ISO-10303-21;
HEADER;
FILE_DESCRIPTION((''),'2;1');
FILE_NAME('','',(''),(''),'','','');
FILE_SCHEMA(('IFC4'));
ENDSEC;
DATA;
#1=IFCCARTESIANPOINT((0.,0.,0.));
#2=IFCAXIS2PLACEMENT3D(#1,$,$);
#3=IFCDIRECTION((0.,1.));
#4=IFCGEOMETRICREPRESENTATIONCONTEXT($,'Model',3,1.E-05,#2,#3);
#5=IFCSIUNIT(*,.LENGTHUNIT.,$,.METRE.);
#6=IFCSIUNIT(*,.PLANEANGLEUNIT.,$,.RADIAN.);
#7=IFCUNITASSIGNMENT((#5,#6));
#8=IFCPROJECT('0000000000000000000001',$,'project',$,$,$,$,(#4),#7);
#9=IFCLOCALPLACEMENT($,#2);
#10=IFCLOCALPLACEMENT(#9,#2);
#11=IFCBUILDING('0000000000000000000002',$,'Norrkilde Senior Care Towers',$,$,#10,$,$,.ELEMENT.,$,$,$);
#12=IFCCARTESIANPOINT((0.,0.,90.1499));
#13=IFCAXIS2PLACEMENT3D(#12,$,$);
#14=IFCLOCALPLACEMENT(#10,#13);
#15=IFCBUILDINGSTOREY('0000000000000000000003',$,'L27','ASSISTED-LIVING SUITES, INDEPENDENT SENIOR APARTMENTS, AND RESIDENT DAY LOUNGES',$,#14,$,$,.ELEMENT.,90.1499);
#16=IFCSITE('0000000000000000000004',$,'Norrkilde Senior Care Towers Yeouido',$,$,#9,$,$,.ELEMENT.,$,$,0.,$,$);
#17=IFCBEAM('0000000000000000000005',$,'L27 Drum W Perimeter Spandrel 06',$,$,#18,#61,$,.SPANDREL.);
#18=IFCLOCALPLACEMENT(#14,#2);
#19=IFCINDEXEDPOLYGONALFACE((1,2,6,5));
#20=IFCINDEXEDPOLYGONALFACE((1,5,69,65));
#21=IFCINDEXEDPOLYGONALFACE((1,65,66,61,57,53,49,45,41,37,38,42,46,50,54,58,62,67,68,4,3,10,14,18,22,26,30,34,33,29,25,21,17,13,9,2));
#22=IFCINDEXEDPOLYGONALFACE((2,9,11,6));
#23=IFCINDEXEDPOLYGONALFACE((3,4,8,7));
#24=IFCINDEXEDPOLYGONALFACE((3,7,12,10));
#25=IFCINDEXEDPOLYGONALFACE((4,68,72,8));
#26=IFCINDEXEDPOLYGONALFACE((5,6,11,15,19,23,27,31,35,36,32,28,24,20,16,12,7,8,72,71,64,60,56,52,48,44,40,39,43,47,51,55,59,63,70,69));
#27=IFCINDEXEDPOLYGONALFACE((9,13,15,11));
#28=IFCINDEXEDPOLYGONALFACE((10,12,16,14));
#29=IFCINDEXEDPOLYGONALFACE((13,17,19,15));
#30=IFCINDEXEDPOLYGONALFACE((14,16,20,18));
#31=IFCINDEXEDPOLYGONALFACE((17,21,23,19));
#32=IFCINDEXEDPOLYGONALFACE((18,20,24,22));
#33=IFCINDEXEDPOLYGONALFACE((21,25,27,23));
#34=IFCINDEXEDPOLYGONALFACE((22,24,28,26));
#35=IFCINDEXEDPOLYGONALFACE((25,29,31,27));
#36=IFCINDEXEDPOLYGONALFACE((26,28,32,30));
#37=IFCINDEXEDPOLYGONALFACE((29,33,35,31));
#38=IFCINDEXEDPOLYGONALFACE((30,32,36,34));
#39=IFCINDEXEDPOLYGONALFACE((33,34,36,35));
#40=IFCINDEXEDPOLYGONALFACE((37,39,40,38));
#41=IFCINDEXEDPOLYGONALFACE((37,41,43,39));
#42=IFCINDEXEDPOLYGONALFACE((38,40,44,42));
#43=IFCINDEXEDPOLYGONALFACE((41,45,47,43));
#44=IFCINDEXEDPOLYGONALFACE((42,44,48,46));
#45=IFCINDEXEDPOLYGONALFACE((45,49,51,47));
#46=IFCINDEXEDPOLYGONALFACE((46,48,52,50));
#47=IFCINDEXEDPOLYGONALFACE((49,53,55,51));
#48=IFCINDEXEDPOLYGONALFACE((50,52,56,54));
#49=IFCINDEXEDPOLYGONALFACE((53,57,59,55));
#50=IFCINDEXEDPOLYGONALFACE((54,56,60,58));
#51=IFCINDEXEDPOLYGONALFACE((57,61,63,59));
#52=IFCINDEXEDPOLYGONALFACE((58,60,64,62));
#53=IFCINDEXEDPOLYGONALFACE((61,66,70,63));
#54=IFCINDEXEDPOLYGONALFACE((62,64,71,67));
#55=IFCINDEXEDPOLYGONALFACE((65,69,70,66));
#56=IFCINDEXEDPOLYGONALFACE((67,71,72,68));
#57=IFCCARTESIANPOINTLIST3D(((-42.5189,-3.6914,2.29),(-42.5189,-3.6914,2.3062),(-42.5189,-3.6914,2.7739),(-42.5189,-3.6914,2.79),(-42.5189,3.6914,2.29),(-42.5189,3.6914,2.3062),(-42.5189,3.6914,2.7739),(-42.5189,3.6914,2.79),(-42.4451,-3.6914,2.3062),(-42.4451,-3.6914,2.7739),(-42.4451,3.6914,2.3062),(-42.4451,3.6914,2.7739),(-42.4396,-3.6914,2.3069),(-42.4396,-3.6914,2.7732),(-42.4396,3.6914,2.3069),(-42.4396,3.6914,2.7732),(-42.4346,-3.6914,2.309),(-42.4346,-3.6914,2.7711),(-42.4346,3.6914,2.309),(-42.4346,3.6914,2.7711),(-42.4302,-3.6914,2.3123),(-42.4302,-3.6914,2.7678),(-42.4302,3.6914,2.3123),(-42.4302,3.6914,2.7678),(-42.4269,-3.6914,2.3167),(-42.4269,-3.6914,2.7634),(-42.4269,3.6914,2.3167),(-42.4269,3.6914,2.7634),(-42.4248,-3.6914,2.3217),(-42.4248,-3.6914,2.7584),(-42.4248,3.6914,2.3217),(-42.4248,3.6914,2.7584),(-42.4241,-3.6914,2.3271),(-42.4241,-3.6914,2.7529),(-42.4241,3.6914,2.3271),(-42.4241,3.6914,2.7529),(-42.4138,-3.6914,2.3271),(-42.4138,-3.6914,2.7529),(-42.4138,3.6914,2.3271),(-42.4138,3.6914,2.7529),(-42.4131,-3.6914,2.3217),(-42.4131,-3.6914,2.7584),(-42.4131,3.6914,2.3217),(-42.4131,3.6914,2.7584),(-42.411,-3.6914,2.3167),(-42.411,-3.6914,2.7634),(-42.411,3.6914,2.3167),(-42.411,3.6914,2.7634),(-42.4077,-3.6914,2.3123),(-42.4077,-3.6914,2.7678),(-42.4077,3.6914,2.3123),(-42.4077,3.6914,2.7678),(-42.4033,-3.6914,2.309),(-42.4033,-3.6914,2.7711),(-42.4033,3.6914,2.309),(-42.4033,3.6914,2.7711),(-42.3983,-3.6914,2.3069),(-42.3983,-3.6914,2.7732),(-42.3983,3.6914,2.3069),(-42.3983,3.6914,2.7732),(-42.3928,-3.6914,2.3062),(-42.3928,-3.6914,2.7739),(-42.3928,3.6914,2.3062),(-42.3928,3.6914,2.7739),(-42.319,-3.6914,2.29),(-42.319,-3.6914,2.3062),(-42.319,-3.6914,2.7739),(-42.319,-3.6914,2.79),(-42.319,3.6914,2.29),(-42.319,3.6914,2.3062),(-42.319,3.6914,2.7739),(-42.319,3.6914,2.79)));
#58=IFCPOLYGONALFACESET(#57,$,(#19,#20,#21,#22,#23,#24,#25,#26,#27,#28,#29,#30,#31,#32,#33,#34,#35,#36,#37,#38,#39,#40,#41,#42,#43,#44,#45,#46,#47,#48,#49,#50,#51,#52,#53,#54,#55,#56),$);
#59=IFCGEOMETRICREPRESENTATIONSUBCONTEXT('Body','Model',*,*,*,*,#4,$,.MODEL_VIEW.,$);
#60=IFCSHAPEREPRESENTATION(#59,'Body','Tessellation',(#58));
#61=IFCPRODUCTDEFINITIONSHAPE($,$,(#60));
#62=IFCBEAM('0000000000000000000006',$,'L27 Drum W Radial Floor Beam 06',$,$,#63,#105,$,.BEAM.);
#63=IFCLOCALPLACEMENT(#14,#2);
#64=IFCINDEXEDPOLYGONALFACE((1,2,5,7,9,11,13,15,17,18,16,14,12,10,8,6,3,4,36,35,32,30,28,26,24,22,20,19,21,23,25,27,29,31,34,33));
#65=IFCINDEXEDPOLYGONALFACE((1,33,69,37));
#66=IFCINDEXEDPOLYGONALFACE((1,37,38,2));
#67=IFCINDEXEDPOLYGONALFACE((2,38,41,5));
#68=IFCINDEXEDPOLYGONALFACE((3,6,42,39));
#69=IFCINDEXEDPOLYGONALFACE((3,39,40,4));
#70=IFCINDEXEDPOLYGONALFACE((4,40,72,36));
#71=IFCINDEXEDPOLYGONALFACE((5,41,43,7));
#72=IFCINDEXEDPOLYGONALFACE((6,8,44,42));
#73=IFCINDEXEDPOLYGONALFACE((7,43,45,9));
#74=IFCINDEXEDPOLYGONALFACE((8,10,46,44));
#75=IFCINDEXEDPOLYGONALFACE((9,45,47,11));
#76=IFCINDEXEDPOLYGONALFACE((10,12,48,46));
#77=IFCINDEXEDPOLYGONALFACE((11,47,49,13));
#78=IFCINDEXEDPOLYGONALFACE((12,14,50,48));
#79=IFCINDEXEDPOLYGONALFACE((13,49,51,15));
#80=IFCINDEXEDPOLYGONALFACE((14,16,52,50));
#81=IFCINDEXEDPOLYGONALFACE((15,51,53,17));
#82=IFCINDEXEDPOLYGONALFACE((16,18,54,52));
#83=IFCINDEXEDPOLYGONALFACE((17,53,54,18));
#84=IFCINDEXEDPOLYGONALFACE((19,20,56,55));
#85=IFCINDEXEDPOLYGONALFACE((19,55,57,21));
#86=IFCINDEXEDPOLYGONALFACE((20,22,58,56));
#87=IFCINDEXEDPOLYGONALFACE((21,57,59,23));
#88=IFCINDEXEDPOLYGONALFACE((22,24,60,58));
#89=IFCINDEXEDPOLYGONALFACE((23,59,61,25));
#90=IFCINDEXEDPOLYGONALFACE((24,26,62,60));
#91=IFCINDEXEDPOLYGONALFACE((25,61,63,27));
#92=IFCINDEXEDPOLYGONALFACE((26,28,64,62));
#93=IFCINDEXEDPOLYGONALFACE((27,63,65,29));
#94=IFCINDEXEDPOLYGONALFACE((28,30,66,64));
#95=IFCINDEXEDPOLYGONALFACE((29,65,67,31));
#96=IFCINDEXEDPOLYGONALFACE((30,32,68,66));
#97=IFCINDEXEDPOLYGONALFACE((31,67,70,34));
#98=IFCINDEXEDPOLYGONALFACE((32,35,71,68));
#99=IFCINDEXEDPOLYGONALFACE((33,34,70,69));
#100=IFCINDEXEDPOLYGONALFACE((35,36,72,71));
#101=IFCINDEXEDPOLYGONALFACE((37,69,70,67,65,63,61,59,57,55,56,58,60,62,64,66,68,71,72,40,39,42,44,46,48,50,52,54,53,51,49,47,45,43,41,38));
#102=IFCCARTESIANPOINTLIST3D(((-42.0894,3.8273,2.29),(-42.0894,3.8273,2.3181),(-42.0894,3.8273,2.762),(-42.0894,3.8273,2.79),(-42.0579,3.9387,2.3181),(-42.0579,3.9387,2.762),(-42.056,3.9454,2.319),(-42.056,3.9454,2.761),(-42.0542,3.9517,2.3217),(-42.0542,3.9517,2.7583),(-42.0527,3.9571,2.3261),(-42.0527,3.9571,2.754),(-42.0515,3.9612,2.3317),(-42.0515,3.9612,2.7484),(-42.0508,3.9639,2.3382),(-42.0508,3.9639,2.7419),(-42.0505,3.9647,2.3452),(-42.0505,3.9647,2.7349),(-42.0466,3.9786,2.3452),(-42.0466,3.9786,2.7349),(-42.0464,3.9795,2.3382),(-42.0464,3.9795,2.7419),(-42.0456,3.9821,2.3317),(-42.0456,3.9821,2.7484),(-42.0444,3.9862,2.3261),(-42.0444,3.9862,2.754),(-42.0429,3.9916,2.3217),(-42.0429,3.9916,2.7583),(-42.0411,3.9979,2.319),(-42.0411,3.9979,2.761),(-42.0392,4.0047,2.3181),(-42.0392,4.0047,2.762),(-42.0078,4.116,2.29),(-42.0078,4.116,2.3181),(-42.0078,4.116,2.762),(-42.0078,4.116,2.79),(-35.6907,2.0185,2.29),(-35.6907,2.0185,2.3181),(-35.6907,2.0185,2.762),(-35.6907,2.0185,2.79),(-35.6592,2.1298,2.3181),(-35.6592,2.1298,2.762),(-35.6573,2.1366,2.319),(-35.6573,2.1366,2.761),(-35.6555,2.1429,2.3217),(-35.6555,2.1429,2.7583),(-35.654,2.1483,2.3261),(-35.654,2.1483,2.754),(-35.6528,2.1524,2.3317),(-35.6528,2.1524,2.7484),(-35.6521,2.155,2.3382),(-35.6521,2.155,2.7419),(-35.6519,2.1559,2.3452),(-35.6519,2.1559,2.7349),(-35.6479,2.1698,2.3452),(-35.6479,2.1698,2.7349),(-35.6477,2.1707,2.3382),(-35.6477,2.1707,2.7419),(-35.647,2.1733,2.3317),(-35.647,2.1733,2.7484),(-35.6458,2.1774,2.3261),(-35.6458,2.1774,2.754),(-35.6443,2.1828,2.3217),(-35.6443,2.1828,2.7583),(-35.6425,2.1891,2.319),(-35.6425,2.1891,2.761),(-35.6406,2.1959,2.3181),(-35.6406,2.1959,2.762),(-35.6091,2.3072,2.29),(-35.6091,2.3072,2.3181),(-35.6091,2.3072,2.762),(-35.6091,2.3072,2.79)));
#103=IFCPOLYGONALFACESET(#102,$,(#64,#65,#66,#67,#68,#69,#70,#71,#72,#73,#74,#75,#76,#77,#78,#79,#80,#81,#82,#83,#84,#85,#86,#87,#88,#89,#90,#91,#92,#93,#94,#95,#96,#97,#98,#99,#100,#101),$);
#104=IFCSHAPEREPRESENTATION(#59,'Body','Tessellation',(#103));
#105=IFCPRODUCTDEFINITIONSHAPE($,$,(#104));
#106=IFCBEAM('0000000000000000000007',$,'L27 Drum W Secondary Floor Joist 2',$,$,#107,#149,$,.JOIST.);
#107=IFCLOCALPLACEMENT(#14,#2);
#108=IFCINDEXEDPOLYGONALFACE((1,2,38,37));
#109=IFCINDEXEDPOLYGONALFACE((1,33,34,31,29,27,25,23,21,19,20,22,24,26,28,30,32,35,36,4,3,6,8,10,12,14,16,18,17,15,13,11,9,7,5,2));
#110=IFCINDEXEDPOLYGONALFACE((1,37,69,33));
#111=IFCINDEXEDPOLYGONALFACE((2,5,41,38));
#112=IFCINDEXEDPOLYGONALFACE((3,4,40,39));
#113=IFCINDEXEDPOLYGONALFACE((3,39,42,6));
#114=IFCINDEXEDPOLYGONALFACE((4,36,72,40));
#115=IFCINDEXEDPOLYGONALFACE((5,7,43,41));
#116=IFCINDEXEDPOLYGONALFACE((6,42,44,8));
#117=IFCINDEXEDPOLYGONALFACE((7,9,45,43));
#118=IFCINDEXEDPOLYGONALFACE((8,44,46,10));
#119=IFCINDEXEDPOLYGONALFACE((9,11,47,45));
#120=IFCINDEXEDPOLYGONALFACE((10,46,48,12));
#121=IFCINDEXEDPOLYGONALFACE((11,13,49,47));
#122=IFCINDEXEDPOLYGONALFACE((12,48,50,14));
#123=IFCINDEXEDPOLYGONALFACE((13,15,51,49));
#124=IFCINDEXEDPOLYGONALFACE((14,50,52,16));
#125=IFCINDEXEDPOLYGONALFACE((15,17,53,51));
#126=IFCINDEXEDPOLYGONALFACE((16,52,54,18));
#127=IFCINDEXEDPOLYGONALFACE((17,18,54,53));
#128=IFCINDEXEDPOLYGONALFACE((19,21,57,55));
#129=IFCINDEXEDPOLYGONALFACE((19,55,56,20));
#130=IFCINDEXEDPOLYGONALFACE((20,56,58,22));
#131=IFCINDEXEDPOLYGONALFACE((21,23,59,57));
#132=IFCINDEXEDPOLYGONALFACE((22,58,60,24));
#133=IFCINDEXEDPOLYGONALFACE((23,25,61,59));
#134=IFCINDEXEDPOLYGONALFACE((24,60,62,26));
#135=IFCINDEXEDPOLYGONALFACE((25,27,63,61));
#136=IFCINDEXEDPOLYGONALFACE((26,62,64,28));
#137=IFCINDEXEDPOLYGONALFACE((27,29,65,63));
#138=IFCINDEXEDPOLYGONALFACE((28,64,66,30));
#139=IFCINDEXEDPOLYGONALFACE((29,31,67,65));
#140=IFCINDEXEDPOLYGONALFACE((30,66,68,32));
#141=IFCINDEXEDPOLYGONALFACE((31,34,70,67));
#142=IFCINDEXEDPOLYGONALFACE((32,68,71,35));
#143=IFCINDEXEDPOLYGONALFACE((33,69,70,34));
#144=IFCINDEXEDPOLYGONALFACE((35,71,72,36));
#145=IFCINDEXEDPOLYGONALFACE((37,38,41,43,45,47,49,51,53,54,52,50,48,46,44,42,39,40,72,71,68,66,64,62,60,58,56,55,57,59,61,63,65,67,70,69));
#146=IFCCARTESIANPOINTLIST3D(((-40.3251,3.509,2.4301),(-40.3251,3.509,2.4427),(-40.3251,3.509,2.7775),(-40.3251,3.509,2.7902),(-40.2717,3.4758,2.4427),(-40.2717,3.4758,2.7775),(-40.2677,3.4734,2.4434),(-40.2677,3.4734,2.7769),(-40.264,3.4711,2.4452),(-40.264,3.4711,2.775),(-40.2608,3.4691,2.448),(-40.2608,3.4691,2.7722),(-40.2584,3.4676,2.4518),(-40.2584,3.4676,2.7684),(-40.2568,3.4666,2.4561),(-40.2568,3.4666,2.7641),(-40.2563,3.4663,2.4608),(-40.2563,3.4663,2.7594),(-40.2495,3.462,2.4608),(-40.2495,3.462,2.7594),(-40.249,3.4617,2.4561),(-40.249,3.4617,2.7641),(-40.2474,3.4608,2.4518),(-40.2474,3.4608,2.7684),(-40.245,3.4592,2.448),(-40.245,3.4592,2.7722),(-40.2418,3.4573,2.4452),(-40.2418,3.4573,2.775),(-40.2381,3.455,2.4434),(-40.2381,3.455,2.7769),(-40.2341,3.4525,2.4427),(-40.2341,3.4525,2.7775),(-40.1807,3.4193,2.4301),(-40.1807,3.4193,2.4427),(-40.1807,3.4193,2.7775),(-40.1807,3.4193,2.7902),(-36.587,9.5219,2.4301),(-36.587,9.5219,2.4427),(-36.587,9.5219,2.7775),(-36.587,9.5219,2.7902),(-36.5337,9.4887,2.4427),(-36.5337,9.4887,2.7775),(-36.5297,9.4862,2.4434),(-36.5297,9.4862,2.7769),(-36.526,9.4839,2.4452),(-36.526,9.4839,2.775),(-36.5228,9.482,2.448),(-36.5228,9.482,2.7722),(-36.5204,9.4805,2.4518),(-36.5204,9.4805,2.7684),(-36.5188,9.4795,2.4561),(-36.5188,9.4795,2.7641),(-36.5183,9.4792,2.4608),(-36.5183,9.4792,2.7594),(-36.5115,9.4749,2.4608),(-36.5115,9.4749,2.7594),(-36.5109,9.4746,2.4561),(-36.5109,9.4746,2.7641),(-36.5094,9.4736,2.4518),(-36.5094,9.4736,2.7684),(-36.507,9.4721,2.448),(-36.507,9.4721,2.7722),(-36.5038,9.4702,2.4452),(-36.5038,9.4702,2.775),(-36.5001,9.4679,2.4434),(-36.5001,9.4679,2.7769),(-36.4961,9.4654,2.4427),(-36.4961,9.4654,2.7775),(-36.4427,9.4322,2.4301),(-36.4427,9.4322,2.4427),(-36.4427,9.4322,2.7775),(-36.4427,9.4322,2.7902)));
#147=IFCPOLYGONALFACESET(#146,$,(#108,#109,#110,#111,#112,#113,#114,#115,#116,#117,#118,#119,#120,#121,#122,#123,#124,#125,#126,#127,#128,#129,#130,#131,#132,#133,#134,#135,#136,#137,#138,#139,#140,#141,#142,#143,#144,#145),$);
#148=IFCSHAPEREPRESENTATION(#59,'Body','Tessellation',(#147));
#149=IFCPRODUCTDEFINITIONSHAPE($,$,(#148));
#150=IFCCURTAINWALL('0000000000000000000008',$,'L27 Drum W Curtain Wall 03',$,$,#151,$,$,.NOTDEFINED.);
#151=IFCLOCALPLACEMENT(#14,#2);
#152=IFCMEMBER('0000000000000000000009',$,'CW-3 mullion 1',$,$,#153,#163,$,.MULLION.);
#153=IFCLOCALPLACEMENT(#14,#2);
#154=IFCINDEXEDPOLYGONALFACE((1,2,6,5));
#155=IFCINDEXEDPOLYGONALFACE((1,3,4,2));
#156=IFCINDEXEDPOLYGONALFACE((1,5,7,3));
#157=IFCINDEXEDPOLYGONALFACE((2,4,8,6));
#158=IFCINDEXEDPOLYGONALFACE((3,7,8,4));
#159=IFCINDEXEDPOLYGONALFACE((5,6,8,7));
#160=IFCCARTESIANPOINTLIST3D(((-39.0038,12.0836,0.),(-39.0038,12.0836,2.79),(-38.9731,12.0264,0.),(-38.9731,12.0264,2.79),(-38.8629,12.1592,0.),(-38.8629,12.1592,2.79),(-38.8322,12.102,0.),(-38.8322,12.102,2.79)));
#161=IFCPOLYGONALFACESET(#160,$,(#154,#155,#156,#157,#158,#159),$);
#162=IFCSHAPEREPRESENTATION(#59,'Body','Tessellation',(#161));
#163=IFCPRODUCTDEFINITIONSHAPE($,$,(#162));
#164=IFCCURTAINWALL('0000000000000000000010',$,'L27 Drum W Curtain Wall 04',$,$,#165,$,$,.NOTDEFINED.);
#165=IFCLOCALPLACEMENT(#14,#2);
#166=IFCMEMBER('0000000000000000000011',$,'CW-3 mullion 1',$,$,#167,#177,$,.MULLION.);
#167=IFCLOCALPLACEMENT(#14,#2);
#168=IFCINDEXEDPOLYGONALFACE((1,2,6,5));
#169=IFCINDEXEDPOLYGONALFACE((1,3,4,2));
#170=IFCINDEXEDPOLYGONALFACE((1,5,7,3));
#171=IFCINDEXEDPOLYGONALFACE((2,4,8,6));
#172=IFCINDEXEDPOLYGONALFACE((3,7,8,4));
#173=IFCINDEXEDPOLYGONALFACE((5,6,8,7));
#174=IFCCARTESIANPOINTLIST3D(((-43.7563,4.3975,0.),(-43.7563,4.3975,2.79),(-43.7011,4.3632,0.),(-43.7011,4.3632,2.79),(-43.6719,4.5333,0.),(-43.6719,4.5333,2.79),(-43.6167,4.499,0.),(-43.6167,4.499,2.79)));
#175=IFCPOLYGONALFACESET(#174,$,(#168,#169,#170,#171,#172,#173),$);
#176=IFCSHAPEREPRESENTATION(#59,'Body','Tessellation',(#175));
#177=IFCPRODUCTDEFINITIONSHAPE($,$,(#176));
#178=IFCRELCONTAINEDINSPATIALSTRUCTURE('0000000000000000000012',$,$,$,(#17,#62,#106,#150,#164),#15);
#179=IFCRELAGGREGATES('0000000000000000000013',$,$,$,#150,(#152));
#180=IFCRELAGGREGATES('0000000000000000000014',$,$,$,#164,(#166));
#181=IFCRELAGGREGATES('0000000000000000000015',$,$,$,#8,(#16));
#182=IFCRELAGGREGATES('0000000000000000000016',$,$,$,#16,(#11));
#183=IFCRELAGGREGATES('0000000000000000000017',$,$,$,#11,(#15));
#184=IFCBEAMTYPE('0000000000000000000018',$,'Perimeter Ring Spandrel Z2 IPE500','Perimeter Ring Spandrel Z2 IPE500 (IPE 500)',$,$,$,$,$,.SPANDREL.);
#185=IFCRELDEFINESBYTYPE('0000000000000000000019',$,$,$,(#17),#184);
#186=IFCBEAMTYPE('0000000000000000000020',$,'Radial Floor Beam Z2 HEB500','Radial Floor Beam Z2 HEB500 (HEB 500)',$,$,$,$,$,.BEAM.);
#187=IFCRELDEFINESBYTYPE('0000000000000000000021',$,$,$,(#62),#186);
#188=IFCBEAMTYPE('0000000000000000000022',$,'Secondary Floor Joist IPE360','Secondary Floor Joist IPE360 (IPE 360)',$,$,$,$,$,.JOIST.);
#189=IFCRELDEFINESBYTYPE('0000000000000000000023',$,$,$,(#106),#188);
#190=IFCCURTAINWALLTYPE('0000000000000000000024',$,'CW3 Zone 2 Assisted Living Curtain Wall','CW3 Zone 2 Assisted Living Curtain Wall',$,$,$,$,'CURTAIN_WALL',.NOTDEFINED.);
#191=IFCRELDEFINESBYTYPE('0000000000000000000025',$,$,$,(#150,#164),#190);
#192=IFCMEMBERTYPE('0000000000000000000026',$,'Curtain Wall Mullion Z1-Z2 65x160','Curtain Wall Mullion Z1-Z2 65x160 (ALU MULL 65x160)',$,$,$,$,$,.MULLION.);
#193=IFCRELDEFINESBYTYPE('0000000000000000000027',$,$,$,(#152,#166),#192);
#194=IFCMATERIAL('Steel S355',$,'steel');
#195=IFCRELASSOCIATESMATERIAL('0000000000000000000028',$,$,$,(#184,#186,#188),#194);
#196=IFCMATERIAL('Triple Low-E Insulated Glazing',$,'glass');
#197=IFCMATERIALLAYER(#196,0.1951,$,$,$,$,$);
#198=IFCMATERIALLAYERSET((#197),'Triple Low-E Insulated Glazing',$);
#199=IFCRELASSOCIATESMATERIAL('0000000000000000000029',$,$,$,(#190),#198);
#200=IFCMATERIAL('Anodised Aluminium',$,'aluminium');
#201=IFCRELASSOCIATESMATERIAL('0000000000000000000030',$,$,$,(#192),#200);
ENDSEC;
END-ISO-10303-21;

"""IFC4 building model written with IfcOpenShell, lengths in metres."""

from ifc_helpers import new_model, si_unit, direction, frame, origin, origin_2d, place, context, subcontext, project, spatial, rectangle, i_section, extrude, source, transform, mapped, material, layer, layer_set, material_profile, profile_set, type_object, type_shapes, element, aggregate, save


model = new_model("IFC4")

# Units and contexts
model_context = context("Model", 3, precision=1e-05, world=origin(), true_north=direction((0.0, 1.0)))
body_context = subcontext(model_context, "Body", "Model", "MODEL_VIEW")
ifc_project = project(units=[si_unit("LENGTHUNIT", "METRE"), si_unit("PLANEANGLEUNIT", "RADIAN")], contexts=[model_context])

# Site, building, storey
site_placement = place(None, origin())
site = spatial("IfcSite", under=ifc_project, at=site_placement, Name="Norrkilde Senior Care Towers Yeouido", CompositionType="ELEMENT", RefElevation=0.0)
building_placement = place(site_placement, origin())
building = spatial("IfcBuilding", under=site, at=building_placement, Name="Norrkilde Senior Care Towers", CompositionType="ELEMENT")
storey_placement = place(building_placement, frame((0.0, 0.0, 90.1499)))
storey = spatial("IfcBuildingStorey", under=building, at=storey_placement, Name="L27", Description="ASSISTED-LIVING SUITES, INDEPENDENT SENIOR APARTMENTS, AND RESIDENT DAY LOUNGES", CompositionType="ELEMENT", Elevation=90.1499)

# Beams
ifc_material_1 = material(Name="Steel S355", Category="steel")
ifc_material_profile_1 = material_profile(ifc_material_1, i_section(OverallWidth=0.2, OverallDepth=0.5, WebThickness=0.0103, FlangeThickness=0.0161, FilletRadius=0.021, at=origin_2d()), Name="IPE 500")
ifc_profile_set_1 = profile_set([ifc_material_profile_1], Name="Steel S355")
beam_type_1 = type_object("IfcBeamType", Name="Perimeter Ring Spandrel Z2 IPE500", Description="Perimeter Ring Spandrel Z2 IPE500 (IPE 500)", PredefinedType="SPANDREL", material=ifc_profile_set_1)
shared_shape_1 = source(origin(), body_context, "Body", "SweptSolid", [
    extrude(i_section(OverallWidth=0.2, OverallDepth=0.5, WebThickness=0.0103, FlangeThickness=0.0161, FilletRadius=0.021, at=origin_2d()), origin(), (0.0, 0.0, 1.0), 7.3828),
])
beam_1_placement = place(storey_placement, frame((-42.4189, 3.6914, 2.54), z_axis=(0.0, -1.0, 0.0), x_axis=(1.0, 0.0, 0.0)))
element("IfcBeam", 1, at=beam_1_placement, inside=storey, type_object=beam_type_1, Name="L27 Drum W Perimeter Spandrel 06", PredefinedType="SPANDREL", context=body_context, shape_type="MappedRepresentation", body=[
    mapped(shared_shape_1, transform((0.0, 0.0, 0.0), x_axis=(1.0, 0.0, 0.0), y_axis=(0.0, 1.0, 0.0), z_axis=(0.0, 0.0, 1.0), scale=1.0)),
])
ifc_material_profile_2 = material_profile(ifc_material_1, i_section(OverallWidth=0.3, OverallDepth=0.5, WebThickness=0.0144, FlangeThickness=0.0281, FilletRadius=0.0271, at=origin_2d()), Name="HEB 500")
ifc_profile_set_2 = profile_set([ifc_material_profile_2], Name="Steel S355")
beam_type_2 = type_object("IfcBeamType", Name="Radial Floor Beam Z2 HEB500", Description="Radial Floor Beam Z2 HEB500 (HEB 500)", PredefinedType="BEAM", material=ifc_profile_set_2)
shared_shape_2 = source(origin(), body_context, "Body", "SweptSolid", [
    extrude(i_section(OverallWidth=0.3, OverallDepth=0.5, WebThickness=0.0144, FlangeThickness=0.0281, FilletRadius=0.0271, at=origin_2d()), origin(), (0.0, 0.0, 1.0), 6.6494),
])
type_shapes(beam_type_2, [shared_shape_2])
beam_2_placement = place(storey_placement, frame((-35.6499, 2.1628, 2.54), z_axis=(-0.962289, 0.272029, 0.0), x_axis=(-0.272029, -0.962289, 0.0)))
element("IfcBeam", 2, at=beam_2_placement, inside=storey, type_object=beam_type_2, Name="L27 Drum W Radial Floor Beam 06", PredefinedType="BEAM", context=body_context, shape_type="MappedRepresentation", body=[
    mapped(shared_shape_2, transform((0.0, 0.0, 0.0), x_axis=(1.0, 0.0, 0.0), y_axis=(0.0, 1.0, 0.0), z_axis=(0.0, 0.0, 1.0), scale=1.0)),
])
ifc_material_profile_3 = material_profile(ifc_material_1, i_section(OverallWidth=0.1699, OverallDepth=0.3601, WebThickness=0.0081, FlangeThickness=0.0127, FilletRadius=0.0181, at=origin_2d()), Name="IPE 360")
ifc_profile_set_3 = profile_set([ifc_material_profile_3], Name="Steel S355")
beam_type_3 = type_object("IfcBeamType", Name="Secondary Floor Joist IPE360", Description="Secondary Floor Joist IPE360 (IPE 360)", PredefinedType="JOIST", material=ifc_profile_set_3)
shared_shape_3 = source(origin(), body_context, "Body", "SweptSolid", [
    extrude(i_section(OverallWidth=0.1699, OverallDepth=0.3601, WebThickness=0.0081, FlangeThickness=0.0127, FilletRadius=0.0181, at=origin_2d()), origin(), (0.0, 0.0, 1.0), 7.0801),
])
type_shapes(beam_type_3, [shared_shape_3])
beam_3_placement = place(storey_placement, frame((-36.5149, 9.4771, 2.6101), z_axis=(-0.527961, -0.849269, 0.0), x_axis=(0.849269, -0.527961, 0.0)))
element("IfcBeam", 3, at=beam_3_placement, inside=storey, type_object=beam_type_3, Name="L27 Drum W Secondary Floor Joist 2", PredefinedType="JOIST", context=body_context, shape_type="MappedRepresentation", body=[
    mapped(shared_shape_3, transform((0.0, 0.0, 0.0), x_axis=(1.0, 0.0, 0.0), y_axis=(0.0, 1.0, 0.0), z_axis=(0.0, 0.0, 1.0), scale=1.0)),
])

# Curtain wall, member
ifc_material_2 = material(Name="Triple Low-E Insulated Glazing", Category="glass")
ifc_layer_1 = layer(ifc_material_2, 0.1951)
ifc_layer_set_1 = layer_set([ifc_layer_1], Name="Triple Low-E Insulated Glazing")
curtain_wall_type = type_object("IfcCurtainWallType", Name="CW3 Zone 2 Assisted Living Curtain Wall", Description="CW3 Zone 2 Assisted Living Curtain Wall", ElementType="CURTAIN_WALL", PredefinedType="NOTDEFINED", material=ifc_layer_set_1)
curtain_wall_1_placement = place(storey_placement, origin())
curtain_wall_1 = element("IfcCurtainWall", 4, at=curtain_wall_1_placement, inside=storey, type_object=curtain_wall_type, Name="L27 Drum W Curtain Wall 03", PredefinedType="NOTDEFINED")
ifc_material_3 = material(Name="Anodised Aluminium", Category="aluminium")
ifc_material_profile_4 = material_profile(ifc_material_3, rectangle(XDim=0.0649, YDim=0.1599, at=origin_2d()), Name="ALU MULL 65x160")
ifc_profile_set_4 = profile_set([ifc_material_profile_4], Name="Anodised Aluminium")
member_type_1 = type_object("IfcMemberType", Name="Curtain Wall Mullion Z1-Z2 65x160", Description="Curtain Wall Mullion Z1-Z2 65x160 (ALU MULL 65x160)", PredefinedType="MULLION", material=ifc_profile_set_4)
shared_shape_4 = source(origin(), body_context, "Body", "SweptSolid", [
    extrude(rectangle(XDim=0.0649, YDim=0.1599, at=origin_2d()), origin(), (0.0, 0.0, 1.0), 2.79),
])
type_shapes(member_type_1, [shared_shape_4])
member_1_placement = place(storey_placement, frame((-38.918, 12.0928, 0.0), z_axis=(0.0, 0.0, 1.0), x_axis=(-0.472769, 0.881186, 0.0)))
member_1 = element("IfcMember", 5, at=member_1_placement, type_object=member_type_1, Name="CW-3 mullion 1", PredefinedType="MULLION", context=body_context, shape_type="MappedRepresentation", body=[
    mapped(shared_shape_4, transform((0.0, 0.0, 0.0), x_axis=(1.0, 0.0, 0.0), y_axis=(0.0, 1.0, 0.0), z_axis=(0.0, 0.0, 1.0), scale=1.0)),
])

# Curtain wall, member
curtain_wall_2_placement = place(storey_placement, origin())
curtain_wall_2 = element("IfcCurtainWall", 6, at=curtain_wall_2_placement, inside=storey, type_object=curtain_wall_type, Name="L27 Drum W Curtain Wall 04", PredefinedType="NOTDEFINED")
member_2_placement = place(storey_placement, frame((-43.6865, 4.4482, 0.0), z_axis=(0.0, 0.0, 1.0), x_axis=(-0.84941, 0.527733, 0.0)))
member_2 = element("IfcMember", 7, at=member_2_placement, type_object=member_type_1, Name="CW-3 mullion 1", PredefinedType="MULLION", context=body_context, shape_type="MappedRepresentation", body=[
    mapped(shared_shape_4, transform((0.0, 0.0, 0.0), x_axis=(1.0, 0.0, 0.0), y_axis=(0.0, 1.0, 0.0), z_axis=(0.0, 0.0, 1.0), scale=1.0)),
])

aggregate(curtain_wall_1, [member_1])

aggregate(curtain_wall_2, [member_2])

save(model, "model.ifc")
